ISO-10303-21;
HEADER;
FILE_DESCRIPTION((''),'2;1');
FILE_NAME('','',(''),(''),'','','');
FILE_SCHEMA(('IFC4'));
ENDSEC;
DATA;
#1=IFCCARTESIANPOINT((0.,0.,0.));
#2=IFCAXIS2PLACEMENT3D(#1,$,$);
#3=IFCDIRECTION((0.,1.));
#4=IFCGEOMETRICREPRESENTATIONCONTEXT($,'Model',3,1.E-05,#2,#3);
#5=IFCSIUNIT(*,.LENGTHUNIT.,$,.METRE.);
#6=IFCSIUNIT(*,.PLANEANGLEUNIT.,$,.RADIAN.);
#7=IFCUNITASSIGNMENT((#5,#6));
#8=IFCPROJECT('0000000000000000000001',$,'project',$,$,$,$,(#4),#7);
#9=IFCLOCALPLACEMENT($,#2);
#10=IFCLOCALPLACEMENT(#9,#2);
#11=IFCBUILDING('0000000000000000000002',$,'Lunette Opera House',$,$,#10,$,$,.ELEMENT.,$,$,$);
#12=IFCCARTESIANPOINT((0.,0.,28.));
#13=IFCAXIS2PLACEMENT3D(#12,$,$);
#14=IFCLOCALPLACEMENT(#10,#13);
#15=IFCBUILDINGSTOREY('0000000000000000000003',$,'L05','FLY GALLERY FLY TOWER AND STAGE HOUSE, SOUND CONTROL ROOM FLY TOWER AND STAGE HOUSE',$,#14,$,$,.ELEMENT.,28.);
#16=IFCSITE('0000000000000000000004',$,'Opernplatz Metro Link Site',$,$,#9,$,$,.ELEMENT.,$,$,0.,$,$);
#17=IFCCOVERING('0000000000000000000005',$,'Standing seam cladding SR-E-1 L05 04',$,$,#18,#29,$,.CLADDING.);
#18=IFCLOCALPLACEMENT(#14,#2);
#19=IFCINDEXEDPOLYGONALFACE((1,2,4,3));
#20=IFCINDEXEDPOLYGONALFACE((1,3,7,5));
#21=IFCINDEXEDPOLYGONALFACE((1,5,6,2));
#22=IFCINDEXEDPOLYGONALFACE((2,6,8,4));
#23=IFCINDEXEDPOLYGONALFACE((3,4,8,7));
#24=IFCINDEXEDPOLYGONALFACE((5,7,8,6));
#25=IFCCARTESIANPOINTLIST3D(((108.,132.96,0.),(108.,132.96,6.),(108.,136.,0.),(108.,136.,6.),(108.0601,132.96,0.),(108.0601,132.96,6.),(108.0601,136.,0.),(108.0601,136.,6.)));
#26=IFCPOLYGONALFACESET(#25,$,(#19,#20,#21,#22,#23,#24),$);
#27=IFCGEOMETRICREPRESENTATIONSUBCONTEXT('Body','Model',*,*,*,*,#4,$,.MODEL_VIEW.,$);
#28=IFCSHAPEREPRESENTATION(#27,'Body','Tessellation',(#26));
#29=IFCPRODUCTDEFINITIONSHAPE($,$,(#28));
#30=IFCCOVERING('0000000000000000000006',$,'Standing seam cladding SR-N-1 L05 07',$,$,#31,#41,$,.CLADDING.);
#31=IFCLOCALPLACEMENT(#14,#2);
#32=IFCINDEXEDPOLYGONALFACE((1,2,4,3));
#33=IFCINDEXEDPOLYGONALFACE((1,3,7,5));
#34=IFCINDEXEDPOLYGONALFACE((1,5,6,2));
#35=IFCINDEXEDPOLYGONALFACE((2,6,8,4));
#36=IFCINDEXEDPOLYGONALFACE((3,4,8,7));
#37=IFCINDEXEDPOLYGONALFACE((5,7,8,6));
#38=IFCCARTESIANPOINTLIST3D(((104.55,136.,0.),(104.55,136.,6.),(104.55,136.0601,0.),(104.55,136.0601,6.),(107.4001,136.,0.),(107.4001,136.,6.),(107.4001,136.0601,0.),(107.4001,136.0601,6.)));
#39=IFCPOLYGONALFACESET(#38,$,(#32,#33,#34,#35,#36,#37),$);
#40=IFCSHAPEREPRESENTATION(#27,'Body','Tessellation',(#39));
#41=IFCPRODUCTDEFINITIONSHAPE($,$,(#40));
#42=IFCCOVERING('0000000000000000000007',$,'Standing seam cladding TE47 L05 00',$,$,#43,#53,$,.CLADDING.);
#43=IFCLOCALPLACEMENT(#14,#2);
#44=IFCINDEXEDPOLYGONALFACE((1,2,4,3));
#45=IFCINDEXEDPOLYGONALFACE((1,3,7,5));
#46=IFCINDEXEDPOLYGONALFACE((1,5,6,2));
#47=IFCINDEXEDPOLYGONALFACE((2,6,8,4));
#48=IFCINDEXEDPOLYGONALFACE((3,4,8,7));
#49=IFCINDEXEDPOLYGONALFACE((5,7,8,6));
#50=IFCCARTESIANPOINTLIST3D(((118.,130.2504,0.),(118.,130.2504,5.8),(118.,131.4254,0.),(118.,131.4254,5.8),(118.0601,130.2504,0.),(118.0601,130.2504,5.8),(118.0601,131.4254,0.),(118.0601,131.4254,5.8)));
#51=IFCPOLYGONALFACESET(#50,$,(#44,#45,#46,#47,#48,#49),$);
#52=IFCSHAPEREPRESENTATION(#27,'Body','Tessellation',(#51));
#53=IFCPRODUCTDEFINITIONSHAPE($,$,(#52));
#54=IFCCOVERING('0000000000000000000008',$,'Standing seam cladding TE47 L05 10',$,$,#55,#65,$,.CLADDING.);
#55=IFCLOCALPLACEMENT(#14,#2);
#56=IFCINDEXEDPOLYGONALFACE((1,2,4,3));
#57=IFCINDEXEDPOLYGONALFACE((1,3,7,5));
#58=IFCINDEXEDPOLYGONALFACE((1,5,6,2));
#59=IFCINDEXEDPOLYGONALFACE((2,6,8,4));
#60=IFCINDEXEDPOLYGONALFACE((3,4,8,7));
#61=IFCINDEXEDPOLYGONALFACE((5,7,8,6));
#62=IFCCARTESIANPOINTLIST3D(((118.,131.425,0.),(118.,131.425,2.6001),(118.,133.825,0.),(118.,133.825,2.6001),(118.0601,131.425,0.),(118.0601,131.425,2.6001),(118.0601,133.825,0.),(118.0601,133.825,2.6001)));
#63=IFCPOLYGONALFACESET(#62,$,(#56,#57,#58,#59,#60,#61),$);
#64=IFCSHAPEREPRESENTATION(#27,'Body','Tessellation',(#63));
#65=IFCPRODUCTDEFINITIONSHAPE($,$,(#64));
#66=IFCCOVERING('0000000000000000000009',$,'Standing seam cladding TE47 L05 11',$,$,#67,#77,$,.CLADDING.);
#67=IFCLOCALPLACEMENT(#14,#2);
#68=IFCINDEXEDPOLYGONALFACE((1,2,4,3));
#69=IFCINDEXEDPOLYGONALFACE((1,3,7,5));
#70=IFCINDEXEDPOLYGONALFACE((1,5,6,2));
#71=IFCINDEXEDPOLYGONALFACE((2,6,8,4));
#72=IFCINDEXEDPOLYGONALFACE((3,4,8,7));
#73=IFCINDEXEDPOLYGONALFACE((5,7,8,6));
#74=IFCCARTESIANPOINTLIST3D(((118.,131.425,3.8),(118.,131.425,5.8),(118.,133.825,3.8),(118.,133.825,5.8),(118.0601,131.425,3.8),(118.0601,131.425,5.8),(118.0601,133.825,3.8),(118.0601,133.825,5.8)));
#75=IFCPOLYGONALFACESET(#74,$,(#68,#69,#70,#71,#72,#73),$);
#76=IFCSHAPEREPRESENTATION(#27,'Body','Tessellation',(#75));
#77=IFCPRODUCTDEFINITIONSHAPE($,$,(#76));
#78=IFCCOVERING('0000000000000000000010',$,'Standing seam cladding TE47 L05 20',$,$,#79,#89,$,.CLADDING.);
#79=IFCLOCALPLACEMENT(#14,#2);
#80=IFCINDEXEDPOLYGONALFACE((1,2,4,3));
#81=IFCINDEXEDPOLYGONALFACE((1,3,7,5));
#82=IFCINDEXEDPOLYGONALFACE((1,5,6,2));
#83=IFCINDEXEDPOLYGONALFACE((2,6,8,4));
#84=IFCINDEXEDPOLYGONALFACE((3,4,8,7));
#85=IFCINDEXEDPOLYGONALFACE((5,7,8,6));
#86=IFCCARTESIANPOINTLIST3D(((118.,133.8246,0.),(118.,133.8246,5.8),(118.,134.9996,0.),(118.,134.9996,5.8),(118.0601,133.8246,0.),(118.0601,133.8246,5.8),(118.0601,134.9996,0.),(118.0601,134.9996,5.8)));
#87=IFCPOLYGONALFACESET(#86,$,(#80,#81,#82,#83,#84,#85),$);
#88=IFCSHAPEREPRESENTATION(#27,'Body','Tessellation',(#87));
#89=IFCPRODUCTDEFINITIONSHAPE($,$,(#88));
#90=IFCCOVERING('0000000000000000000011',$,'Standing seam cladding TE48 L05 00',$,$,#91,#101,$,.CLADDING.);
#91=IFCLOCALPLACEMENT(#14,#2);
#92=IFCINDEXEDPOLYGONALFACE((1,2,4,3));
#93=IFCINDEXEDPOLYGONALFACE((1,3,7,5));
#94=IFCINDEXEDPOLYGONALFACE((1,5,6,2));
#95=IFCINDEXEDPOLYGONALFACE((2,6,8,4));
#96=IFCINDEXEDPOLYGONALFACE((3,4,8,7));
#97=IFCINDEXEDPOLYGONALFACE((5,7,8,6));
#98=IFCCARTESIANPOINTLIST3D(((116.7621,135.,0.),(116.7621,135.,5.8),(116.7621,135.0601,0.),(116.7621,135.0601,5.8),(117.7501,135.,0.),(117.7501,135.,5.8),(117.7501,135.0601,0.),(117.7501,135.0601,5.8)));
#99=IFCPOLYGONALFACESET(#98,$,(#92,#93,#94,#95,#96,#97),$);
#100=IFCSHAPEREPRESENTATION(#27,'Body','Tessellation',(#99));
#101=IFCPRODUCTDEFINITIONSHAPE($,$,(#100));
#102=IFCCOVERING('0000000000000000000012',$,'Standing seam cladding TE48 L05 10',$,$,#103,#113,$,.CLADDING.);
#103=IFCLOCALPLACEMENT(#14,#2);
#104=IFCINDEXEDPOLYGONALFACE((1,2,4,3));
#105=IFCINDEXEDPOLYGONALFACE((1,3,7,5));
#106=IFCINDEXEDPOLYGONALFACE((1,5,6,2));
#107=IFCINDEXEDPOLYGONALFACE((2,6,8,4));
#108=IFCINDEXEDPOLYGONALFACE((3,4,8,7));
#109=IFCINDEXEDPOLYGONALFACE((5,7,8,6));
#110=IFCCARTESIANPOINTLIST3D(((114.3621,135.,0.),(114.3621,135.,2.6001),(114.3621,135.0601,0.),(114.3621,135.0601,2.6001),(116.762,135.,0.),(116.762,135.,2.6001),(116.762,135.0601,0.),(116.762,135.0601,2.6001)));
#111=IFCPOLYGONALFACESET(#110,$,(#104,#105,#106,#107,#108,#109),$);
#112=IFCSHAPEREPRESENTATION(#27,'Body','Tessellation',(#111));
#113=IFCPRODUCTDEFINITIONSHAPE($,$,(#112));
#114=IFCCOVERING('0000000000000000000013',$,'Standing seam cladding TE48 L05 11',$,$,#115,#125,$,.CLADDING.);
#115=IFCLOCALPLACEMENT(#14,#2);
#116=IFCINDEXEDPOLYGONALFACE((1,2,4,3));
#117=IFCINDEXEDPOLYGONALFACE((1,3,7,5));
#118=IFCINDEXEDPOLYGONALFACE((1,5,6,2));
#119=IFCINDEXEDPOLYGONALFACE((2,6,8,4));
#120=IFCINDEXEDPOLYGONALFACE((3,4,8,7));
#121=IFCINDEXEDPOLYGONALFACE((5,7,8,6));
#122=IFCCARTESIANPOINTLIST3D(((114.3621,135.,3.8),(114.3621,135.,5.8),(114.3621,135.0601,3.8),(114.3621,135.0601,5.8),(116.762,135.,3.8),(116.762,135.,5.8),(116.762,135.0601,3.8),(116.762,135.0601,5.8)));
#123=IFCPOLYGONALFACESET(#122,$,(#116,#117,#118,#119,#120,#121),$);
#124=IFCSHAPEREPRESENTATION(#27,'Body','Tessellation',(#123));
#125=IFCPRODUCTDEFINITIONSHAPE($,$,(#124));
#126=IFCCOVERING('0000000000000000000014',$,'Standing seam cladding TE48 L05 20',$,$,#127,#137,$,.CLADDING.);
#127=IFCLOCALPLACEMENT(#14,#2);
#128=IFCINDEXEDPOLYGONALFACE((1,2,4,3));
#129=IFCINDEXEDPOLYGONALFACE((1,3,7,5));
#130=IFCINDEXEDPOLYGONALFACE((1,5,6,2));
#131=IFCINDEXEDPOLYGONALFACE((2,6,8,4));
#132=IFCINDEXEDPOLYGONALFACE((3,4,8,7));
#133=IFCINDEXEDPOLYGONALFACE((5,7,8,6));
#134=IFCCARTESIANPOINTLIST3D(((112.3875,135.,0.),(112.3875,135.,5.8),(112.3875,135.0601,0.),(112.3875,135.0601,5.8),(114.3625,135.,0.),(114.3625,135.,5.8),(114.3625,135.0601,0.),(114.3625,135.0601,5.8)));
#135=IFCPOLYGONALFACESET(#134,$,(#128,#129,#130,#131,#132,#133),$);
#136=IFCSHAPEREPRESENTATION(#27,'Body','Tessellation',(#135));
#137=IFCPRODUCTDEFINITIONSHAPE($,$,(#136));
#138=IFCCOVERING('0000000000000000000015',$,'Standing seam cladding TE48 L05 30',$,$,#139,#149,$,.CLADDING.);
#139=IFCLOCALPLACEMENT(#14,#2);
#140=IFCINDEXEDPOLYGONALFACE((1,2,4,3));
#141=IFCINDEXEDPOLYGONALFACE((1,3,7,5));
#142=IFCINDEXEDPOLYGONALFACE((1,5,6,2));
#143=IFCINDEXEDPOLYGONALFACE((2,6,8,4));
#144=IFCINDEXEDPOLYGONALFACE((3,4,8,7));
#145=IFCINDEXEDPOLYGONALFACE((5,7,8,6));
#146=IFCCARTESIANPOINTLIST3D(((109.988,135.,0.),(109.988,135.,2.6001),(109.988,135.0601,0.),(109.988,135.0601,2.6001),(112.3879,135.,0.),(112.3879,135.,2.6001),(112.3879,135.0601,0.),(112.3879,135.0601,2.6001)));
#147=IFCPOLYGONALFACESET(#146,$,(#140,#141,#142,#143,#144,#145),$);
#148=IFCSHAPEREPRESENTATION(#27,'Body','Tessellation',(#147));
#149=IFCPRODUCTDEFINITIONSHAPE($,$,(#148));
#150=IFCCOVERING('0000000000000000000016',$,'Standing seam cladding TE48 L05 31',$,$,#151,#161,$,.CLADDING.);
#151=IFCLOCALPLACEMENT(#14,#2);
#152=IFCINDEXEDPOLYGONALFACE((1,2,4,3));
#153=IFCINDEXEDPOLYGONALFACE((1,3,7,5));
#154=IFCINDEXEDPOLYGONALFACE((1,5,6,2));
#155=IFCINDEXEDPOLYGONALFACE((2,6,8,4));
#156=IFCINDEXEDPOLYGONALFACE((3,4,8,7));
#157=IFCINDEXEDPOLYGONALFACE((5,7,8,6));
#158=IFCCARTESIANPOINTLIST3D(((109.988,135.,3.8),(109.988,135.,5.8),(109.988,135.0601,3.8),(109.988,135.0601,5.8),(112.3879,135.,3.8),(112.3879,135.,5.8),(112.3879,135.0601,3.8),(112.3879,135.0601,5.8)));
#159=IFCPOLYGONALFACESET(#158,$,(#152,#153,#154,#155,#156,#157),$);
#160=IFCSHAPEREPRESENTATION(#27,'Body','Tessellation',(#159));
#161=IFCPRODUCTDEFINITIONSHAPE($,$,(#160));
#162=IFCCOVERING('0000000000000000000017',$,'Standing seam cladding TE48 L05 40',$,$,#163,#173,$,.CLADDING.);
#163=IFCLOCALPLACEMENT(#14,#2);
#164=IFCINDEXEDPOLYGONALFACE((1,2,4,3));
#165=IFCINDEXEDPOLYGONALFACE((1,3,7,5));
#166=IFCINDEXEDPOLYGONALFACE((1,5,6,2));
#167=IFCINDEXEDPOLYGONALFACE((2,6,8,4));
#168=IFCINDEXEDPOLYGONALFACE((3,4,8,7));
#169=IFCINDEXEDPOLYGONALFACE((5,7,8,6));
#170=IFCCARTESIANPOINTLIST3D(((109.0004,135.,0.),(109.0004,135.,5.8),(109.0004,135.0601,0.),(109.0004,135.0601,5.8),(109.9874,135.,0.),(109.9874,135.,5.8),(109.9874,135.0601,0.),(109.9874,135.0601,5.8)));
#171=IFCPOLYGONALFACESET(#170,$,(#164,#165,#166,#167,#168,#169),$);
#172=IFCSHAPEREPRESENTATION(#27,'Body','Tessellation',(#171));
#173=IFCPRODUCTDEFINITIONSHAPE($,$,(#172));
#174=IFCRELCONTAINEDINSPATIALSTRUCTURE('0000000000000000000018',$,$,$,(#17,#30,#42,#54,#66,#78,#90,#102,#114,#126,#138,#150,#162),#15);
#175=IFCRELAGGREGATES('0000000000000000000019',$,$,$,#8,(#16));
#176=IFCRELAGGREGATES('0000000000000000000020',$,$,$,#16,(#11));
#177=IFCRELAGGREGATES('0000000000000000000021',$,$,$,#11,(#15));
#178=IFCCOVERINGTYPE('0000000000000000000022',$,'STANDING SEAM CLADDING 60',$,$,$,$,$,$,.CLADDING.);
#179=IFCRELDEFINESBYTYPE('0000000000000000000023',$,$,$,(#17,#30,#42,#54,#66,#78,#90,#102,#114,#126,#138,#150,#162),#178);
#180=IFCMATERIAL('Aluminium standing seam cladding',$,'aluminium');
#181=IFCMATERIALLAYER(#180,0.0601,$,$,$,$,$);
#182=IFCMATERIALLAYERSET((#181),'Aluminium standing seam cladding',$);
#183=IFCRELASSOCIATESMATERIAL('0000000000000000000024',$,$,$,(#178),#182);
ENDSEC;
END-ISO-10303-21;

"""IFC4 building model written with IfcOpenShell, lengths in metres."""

from ifc_helpers import new_model, si_unit, direction, frame, origin, origin_2d, place, context, subcontext, project, spatial, rectangle, extrude, material, layer, layer_set, type_object, element, save


model = new_model("IFC4")

# Units and contexts
model_context = context("Model", 3, precision=1e-05, world=origin(), true_north=direction((0.0, 1.0)))
body_context = subcontext(model_context, "Body", "Model", "MODEL_VIEW")
ifc_project = project(units=[si_unit("LENGTHUNIT", "METRE"), si_unit("PLANEANGLEUNIT", "RADIAN")], contexts=[model_context])

# Site, building, storey
site_placement = place(None, origin())
site = spatial("IfcSite", under=ifc_project, at=site_placement, Name="Opernplatz Metro Link Site", CompositionType="ELEMENT", RefElevation=0.0)
building_placement = place(site_placement, origin())
building = spatial("IfcBuilding", under=site, at=building_placement, Name="Lunette Opera House", CompositionType="ELEMENT")
storey_placement = place(building_placement, frame((0.0, 0.0, 28.0)))
storey = spatial("IfcBuildingStorey", under=building, at=storey_placement, Name="L05", Description="FLY GALLERY FLY TOWER AND STAGE HOUSE, SOUND CONTROL ROOM FLY TOWER AND STAGE HOUSE", CompositionType="ELEMENT", Elevation=28.0)

# Coverings
ifc_material_1 = material(Name="Aluminium standing seam cladding", Category="aluminium")
ifc_layer_1 = layer(ifc_material_1, 0.0601)
ifc_layer_set_1 = layer_set([ifc_layer_1], Name="Aluminium standing seam cladding")
covering_type = type_object("IfcCoveringType", Name="STANDING SEAM CLADDING 60", PredefinedType="CLADDING", material=ifc_layer_set_1)
for number, where, z_axis, x_axis, name in (
    (1, (108.03, 134.48, 0.0), (0.0, 0.0, 1.0), (0.0, 1.0, 0.0), "Standing seam cladding SR-E-1 L05 04"),
):
    element("IfcCovering", number, at=place(storey_placement, frame(where, z_axis=z_axis, x_axis=x_axis)), inside=storey, type_object=covering_type, Name=name, PredefinedType="CLADDING", context=body_context, shape_type="SweptSolid", body=[
        extrude(rectangle(XDim=3.04, YDim=0.0601, at=origin_2d()), origin(), (0.0, 0.0, 1.0), 6.0),
    ])
covering_1_placement = place(storey_placement, frame((105.9751, 136.03, 0.0), z_axis=(0.0, 0.0, 1.0), x_axis=(1.0, 0.0, 0.0)))
element("IfcCovering", 2, at=covering_1_placement, inside=storey, type_object=covering_type, Name="Standing seam cladding SR-N-1 L05 07", PredefinedType="CLADDING", context=body_context, shape_type="SweptSolid", body=[
    extrude(rectangle(XDim=2.8501, YDim=0.0601, at=origin_2d()), origin(), (0.0, 0.0, 1.0), 6.0),
])
covering_2_placement = place(storey_placement, frame((118.03, 130.8379, 0.0), z_axis=(0.0, 0.0, 1.0), x_axis=(0.0, 1.0, 0.0)))
element("IfcCovering", 3, at=covering_2_placement, inside=storey, type_object=covering_type, Name="Standing seam cladding TE47 L05 00", PredefinedType="CLADDING", context=body_context, shape_type="SweptSolid", body=[
    extrude(rectangle(XDim=1.175, YDim=0.0601, at=origin_2d()), origin(), (0.0, 0.0, 1.0), 5.8),
])
covering_3_placement = place(storey_placement, frame((118.03, 132.625, 0.0), z_axis=(0.0, 0.0, 1.0), x_axis=(0.0, 1.0, 0.0)))
element("IfcCovering", 4, at=covering_3_placement, inside=storey, type_object=covering_type, Name="Standing seam cladding TE47 L05 10", PredefinedType="CLADDING", context=body_context, shape_type="SweptSolid", body=[
    extrude(rectangle(XDim=2.3999, YDim=0.0601, at=origin_2d()), origin(), (0.0, 0.0, 1.0), 2.6001),
])
covering_4_placement = place(storey_placement, frame((118.03, 132.625, 3.8), z_axis=(0.0, 0.0, 1.0), x_axis=(0.0, 1.0, 0.0)))
element("IfcCovering", 5, at=covering_4_placement, inside=storey, type_object=covering_type, Name="Standing seam cladding TE47 L05 11", PredefinedType="CLADDING", context=body_context, shape_type="SweptSolid", body=[
    extrude(rectangle(XDim=2.3999, YDim=0.0601, at=origin_2d()), origin(), (0.0, 0.0, 1.0), 2.0),
])
covering_5_placement = place(storey_placement, frame((118.03, 134.4121, 0.0), z_axis=(0.0, 0.0, 1.0), x_axis=(0.0, 1.0, 0.0)))
element("IfcCovering", 6, at=covering_5_placement, inside=storey, type_object=covering_type, Name="Standing seam cladding TE47 L05 20", PredefinedType="CLADDING", context=body_context, shape_type="SweptSolid", body=[
    extrude(rectangle(XDim=1.175, YDim=0.0601, at=origin_2d()), origin(), (0.0, 0.0, 1.0), 5.8),
])
covering_6_placement = place(storey_placement, frame((117.2561, 135.03, 0.0), z_axis=(0.0, 0.0, 1.0), x_axis=(-1.0, 0.0, 0.0)))
element("IfcCovering", 7, at=covering_6_placement, inside=storey, type_object=covering_type, Name="Standing seam cladding TE48 L05 00", PredefinedType="CLADDING", context=body_context, shape_type="SweptSolid", body=[
    extrude(rectangle(XDim=0.988, YDim=0.0601, at=origin_2d()), origin(), (0.0, 0.0, 1.0), 5.8),
])
covering_7_placement = place(storey_placement, frame((115.562, 135.03, 0.0), z_axis=(0.0, 0.0, 1.0), x_axis=(-1.0, 0.0, 0.0)))
element("IfcCovering", 8, at=covering_7_placement, inside=storey, type_object=covering_type, Name="Standing seam cladding TE48 L05 10", PredefinedType="CLADDING", context=body_context, shape_type="SweptSolid", body=[
    extrude(rectangle(XDim=2.3999, YDim=0.0601, at=origin_2d()), origin(), (0.0, 0.0, 1.0), 2.6001),
])
covering_8_placement = place(storey_placement, frame((115.562, 135.03, 3.8), z_axis=(0.0, 0.0, 1.0), x_axis=(-1.0, 0.0, 0.0)))
element("IfcCovering", 9, at=covering_8_placement, inside=storey, type_object=covering_type, Name="Standing seam cladding TE48 L05 11", PredefinedType="CLADDING", context=body_context, shape_type="SweptSolid", body=[
    extrude(rectangle(XDim=2.3999, YDim=0.0601, at=origin_2d()), origin(), (0.0, 0.0, 1.0), 2.0),
])
covering_9_placement = place(storey_placement, frame((113.375, 135.03, 0.0), z_axis=(0.0, 0.0, 1.0), x_axis=(-1.0, 0.0, 0.0)))
element("IfcCovering", 10, at=covering_9_placement, inside=storey, type_object=covering_type, Name="Standing seam cladding TE48 L05 20", PredefinedType="CLADDING", context=body_context, shape_type="SweptSolid", body=[
    extrude(rectangle(XDim=1.9751, YDim=0.0601, at=origin_2d()), origin(), (0.0, 0.0, 1.0), 5.8),
])
covering_10_placement = place(storey_placement, frame((111.188, 135.03, 0.0), z_axis=(0.0, 0.0, 1.0), x_axis=(-1.0, 0.0, 0.0)))
element("IfcCovering", 11, at=covering_10_placement, inside=storey, type_object=covering_type, Name="Standing seam cladding TE48 L05 30", PredefinedType="CLADDING", context=body_context, shape_type="SweptSolid", body=[
    extrude(rectangle(XDim=2.3999, YDim=0.0601, at=origin_2d()), origin(), (0.0, 0.0, 1.0), 2.6001),
])
covering_11_placement = place(storey_placement, frame((111.188, 135.03, 3.8), z_axis=(0.0, 0.0, 1.0), x_axis=(-1.0, 0.0, 0.0)))
element("IfcCovering", 12, at=covering_11_placement, inside=storey, type_object=covering_type, Name="Standing seam cladding TE48 L05 31", PredefinedType="CLADDING", context=body_context, shape_type="SweptSolid", body=[
    extrude(rectangle(XDim=2.3999, YDim=0.0601, at=origin_2d()), origin(), (0.0, 0.0, 1.0), 2.0),
])
covering_12_placement = place(storey_placement, frame((109.4939, 135.03, 0.0), z_axis=(0.0, 0.0, 1.0), x_axis=(-1.0, 0.0, 0.0)))
element("IfcCovering", 13, at=covering_12_placement, inside=storey, type_object=covering_type, Name="Standing seam cladding TE48 L05 40", PredefinedType="CLADDING", context=body_context, shape_type="SweptSolid", body=[
    extrude(rectangle(XDim=0.9871, YDim=0.0601, at=origin_2d()), origin(), (0.0, 0.0, 1.0), 5.8),
])

save(model, "model.ifc")
